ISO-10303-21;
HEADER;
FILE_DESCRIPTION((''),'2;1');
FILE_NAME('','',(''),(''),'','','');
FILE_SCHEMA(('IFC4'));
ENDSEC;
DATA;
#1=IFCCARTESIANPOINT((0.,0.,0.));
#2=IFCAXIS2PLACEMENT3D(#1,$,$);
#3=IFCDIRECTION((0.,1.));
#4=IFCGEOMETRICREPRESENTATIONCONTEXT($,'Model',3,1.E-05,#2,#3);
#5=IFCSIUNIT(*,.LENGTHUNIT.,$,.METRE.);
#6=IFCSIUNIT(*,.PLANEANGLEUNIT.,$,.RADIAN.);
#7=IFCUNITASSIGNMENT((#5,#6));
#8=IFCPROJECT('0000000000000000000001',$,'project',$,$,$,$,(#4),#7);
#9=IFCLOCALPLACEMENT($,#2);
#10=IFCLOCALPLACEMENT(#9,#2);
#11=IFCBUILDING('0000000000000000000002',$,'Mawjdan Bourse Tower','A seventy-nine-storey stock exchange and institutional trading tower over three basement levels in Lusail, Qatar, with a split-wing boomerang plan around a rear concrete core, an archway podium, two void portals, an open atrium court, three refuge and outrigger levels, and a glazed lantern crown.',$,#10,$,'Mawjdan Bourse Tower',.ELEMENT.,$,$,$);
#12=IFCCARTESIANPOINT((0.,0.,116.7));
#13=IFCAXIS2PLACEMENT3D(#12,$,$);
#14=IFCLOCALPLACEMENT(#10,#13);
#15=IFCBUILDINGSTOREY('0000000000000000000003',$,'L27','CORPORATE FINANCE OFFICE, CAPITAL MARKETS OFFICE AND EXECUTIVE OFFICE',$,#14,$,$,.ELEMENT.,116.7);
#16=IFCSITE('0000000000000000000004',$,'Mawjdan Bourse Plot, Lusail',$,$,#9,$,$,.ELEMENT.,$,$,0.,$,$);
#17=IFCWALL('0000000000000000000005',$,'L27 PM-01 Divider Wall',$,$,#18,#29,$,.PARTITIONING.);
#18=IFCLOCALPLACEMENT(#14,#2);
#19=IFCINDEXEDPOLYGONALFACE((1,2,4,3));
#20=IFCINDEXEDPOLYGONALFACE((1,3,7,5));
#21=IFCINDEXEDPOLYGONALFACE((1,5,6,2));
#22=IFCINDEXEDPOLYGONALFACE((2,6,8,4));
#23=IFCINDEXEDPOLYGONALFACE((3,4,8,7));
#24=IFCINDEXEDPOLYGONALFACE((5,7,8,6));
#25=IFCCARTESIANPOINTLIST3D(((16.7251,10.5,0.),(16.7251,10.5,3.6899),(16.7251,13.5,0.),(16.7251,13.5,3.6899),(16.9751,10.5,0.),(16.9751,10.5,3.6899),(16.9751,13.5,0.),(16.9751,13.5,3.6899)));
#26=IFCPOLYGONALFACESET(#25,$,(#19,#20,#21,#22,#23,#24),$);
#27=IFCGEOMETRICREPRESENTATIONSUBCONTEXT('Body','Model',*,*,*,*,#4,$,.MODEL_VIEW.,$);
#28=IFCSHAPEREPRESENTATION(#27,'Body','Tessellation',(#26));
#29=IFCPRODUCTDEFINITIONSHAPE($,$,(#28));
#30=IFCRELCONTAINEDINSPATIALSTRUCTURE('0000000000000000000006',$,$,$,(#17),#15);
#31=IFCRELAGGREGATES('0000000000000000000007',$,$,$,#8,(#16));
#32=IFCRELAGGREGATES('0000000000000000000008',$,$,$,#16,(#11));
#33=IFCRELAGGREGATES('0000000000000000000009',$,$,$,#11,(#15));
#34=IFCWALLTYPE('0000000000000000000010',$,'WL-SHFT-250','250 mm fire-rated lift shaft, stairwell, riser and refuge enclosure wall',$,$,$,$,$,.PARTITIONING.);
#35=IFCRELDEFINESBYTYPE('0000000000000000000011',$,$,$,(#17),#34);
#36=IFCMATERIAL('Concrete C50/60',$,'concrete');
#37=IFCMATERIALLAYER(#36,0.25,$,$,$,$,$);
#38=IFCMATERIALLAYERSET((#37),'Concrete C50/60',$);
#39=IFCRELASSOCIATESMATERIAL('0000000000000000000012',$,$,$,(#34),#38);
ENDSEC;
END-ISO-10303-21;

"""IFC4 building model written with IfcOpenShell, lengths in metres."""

from ifc_helpers import new_model, si_unit, direction, frame, frame_2d, origin, place, context, subcontext, project, spatial, rectangle, extrude, material, layer, layer_set, type_object, element, save


model = new_model("IFC4")

# Units and contexts
model_context = context("Model", 3, precision=1e-05, world=origin(), true_north=direction((0.0, 1.0)))
body_context = subcontext(model_context, "Body", "Model", "MODEL_VIEW")
ifc_project = project(units=[si_unit("LENGTHUNIT", "METRE"), si_unit("PLANEANGLEUNIT", "RADIAN")], contexts=[model_context])

# Site, building, storey
site_placement = place(None, origin())
site = spatial("IfcSite", under=ifc_project, at=site_placement, Name="Mawjdan Bourse Plot, Lusail", CompositionType="ELEMENT", RefElevation=0.0)
building_placement = place(site_placement, origin())
building = spatial("IfcBuilding", under=site, at=building_placement, Name="Mawjdan Bourse Tower", Description="A seventy-nine-storey stock exchange and institutional trading tower over three basement levels in Lusail, Qatar, with a split-wing boomerang plan around a rear concrete core, an archway podium, two void portals, an open atrium court, three refuge and outrigger levels, and a glazed lantern crown.", LongName="Mawjdan Bourse Tower", CompositionType="ELEMENT")
storey_placement = place(building_placement, frame((0.0, 0.0, 116.7)))
storey = spatial("IfcBuildingStorey", under=building, at=storey_placement, Name="L27", Description="CORPORATE FINANCE OFFICE, CAPITAL MARKETS OFFICE AND EXECUTIVE OFFICE", CompositionType="ELEMENT", Elevation=116.7)

# Shared definitions
ifc_material_1 = material(Name="Concrete C50/60", Category="concrete")
ifc_layer_1 = layer(ifc_material_1, 0.25)
ifc_layer_set_1 = layer_set([ifc_layer_1], Name="Concrete C50/60")
wall_type_1 = type_object("IfcWallType", Name="WL-SHFT-250", Description="250 mm fire-rated lift shaft, stairwell, riser and refuge enclosure wall", PredefinedType="PARTITIONING", material=ifc_layer_set_1)

# Wall
wall_1_placement = place(storey_placement, frame((16.8501, 10.5, 0.0), z_axis=(0.0, 0.0, 1.0), x_axis=(0.0, 1.0, 0.0)))
element("IfcWall", 1, at=wall_1_placement, inside=storey, type_object=wall_type_1, Name="L27 PM-01 Divider Wall", PredefinedType="PARTITIONING", context=body_context, shape_type="SweptSolid", body=[
    extrude(rectangle(XDim=3.0, YDim=0.25, at=frame_2d((1.5, 0.0))), origin(), (0.0, 0.0, 1.0), 3.6899),
])

save(model, "model.ifc")
